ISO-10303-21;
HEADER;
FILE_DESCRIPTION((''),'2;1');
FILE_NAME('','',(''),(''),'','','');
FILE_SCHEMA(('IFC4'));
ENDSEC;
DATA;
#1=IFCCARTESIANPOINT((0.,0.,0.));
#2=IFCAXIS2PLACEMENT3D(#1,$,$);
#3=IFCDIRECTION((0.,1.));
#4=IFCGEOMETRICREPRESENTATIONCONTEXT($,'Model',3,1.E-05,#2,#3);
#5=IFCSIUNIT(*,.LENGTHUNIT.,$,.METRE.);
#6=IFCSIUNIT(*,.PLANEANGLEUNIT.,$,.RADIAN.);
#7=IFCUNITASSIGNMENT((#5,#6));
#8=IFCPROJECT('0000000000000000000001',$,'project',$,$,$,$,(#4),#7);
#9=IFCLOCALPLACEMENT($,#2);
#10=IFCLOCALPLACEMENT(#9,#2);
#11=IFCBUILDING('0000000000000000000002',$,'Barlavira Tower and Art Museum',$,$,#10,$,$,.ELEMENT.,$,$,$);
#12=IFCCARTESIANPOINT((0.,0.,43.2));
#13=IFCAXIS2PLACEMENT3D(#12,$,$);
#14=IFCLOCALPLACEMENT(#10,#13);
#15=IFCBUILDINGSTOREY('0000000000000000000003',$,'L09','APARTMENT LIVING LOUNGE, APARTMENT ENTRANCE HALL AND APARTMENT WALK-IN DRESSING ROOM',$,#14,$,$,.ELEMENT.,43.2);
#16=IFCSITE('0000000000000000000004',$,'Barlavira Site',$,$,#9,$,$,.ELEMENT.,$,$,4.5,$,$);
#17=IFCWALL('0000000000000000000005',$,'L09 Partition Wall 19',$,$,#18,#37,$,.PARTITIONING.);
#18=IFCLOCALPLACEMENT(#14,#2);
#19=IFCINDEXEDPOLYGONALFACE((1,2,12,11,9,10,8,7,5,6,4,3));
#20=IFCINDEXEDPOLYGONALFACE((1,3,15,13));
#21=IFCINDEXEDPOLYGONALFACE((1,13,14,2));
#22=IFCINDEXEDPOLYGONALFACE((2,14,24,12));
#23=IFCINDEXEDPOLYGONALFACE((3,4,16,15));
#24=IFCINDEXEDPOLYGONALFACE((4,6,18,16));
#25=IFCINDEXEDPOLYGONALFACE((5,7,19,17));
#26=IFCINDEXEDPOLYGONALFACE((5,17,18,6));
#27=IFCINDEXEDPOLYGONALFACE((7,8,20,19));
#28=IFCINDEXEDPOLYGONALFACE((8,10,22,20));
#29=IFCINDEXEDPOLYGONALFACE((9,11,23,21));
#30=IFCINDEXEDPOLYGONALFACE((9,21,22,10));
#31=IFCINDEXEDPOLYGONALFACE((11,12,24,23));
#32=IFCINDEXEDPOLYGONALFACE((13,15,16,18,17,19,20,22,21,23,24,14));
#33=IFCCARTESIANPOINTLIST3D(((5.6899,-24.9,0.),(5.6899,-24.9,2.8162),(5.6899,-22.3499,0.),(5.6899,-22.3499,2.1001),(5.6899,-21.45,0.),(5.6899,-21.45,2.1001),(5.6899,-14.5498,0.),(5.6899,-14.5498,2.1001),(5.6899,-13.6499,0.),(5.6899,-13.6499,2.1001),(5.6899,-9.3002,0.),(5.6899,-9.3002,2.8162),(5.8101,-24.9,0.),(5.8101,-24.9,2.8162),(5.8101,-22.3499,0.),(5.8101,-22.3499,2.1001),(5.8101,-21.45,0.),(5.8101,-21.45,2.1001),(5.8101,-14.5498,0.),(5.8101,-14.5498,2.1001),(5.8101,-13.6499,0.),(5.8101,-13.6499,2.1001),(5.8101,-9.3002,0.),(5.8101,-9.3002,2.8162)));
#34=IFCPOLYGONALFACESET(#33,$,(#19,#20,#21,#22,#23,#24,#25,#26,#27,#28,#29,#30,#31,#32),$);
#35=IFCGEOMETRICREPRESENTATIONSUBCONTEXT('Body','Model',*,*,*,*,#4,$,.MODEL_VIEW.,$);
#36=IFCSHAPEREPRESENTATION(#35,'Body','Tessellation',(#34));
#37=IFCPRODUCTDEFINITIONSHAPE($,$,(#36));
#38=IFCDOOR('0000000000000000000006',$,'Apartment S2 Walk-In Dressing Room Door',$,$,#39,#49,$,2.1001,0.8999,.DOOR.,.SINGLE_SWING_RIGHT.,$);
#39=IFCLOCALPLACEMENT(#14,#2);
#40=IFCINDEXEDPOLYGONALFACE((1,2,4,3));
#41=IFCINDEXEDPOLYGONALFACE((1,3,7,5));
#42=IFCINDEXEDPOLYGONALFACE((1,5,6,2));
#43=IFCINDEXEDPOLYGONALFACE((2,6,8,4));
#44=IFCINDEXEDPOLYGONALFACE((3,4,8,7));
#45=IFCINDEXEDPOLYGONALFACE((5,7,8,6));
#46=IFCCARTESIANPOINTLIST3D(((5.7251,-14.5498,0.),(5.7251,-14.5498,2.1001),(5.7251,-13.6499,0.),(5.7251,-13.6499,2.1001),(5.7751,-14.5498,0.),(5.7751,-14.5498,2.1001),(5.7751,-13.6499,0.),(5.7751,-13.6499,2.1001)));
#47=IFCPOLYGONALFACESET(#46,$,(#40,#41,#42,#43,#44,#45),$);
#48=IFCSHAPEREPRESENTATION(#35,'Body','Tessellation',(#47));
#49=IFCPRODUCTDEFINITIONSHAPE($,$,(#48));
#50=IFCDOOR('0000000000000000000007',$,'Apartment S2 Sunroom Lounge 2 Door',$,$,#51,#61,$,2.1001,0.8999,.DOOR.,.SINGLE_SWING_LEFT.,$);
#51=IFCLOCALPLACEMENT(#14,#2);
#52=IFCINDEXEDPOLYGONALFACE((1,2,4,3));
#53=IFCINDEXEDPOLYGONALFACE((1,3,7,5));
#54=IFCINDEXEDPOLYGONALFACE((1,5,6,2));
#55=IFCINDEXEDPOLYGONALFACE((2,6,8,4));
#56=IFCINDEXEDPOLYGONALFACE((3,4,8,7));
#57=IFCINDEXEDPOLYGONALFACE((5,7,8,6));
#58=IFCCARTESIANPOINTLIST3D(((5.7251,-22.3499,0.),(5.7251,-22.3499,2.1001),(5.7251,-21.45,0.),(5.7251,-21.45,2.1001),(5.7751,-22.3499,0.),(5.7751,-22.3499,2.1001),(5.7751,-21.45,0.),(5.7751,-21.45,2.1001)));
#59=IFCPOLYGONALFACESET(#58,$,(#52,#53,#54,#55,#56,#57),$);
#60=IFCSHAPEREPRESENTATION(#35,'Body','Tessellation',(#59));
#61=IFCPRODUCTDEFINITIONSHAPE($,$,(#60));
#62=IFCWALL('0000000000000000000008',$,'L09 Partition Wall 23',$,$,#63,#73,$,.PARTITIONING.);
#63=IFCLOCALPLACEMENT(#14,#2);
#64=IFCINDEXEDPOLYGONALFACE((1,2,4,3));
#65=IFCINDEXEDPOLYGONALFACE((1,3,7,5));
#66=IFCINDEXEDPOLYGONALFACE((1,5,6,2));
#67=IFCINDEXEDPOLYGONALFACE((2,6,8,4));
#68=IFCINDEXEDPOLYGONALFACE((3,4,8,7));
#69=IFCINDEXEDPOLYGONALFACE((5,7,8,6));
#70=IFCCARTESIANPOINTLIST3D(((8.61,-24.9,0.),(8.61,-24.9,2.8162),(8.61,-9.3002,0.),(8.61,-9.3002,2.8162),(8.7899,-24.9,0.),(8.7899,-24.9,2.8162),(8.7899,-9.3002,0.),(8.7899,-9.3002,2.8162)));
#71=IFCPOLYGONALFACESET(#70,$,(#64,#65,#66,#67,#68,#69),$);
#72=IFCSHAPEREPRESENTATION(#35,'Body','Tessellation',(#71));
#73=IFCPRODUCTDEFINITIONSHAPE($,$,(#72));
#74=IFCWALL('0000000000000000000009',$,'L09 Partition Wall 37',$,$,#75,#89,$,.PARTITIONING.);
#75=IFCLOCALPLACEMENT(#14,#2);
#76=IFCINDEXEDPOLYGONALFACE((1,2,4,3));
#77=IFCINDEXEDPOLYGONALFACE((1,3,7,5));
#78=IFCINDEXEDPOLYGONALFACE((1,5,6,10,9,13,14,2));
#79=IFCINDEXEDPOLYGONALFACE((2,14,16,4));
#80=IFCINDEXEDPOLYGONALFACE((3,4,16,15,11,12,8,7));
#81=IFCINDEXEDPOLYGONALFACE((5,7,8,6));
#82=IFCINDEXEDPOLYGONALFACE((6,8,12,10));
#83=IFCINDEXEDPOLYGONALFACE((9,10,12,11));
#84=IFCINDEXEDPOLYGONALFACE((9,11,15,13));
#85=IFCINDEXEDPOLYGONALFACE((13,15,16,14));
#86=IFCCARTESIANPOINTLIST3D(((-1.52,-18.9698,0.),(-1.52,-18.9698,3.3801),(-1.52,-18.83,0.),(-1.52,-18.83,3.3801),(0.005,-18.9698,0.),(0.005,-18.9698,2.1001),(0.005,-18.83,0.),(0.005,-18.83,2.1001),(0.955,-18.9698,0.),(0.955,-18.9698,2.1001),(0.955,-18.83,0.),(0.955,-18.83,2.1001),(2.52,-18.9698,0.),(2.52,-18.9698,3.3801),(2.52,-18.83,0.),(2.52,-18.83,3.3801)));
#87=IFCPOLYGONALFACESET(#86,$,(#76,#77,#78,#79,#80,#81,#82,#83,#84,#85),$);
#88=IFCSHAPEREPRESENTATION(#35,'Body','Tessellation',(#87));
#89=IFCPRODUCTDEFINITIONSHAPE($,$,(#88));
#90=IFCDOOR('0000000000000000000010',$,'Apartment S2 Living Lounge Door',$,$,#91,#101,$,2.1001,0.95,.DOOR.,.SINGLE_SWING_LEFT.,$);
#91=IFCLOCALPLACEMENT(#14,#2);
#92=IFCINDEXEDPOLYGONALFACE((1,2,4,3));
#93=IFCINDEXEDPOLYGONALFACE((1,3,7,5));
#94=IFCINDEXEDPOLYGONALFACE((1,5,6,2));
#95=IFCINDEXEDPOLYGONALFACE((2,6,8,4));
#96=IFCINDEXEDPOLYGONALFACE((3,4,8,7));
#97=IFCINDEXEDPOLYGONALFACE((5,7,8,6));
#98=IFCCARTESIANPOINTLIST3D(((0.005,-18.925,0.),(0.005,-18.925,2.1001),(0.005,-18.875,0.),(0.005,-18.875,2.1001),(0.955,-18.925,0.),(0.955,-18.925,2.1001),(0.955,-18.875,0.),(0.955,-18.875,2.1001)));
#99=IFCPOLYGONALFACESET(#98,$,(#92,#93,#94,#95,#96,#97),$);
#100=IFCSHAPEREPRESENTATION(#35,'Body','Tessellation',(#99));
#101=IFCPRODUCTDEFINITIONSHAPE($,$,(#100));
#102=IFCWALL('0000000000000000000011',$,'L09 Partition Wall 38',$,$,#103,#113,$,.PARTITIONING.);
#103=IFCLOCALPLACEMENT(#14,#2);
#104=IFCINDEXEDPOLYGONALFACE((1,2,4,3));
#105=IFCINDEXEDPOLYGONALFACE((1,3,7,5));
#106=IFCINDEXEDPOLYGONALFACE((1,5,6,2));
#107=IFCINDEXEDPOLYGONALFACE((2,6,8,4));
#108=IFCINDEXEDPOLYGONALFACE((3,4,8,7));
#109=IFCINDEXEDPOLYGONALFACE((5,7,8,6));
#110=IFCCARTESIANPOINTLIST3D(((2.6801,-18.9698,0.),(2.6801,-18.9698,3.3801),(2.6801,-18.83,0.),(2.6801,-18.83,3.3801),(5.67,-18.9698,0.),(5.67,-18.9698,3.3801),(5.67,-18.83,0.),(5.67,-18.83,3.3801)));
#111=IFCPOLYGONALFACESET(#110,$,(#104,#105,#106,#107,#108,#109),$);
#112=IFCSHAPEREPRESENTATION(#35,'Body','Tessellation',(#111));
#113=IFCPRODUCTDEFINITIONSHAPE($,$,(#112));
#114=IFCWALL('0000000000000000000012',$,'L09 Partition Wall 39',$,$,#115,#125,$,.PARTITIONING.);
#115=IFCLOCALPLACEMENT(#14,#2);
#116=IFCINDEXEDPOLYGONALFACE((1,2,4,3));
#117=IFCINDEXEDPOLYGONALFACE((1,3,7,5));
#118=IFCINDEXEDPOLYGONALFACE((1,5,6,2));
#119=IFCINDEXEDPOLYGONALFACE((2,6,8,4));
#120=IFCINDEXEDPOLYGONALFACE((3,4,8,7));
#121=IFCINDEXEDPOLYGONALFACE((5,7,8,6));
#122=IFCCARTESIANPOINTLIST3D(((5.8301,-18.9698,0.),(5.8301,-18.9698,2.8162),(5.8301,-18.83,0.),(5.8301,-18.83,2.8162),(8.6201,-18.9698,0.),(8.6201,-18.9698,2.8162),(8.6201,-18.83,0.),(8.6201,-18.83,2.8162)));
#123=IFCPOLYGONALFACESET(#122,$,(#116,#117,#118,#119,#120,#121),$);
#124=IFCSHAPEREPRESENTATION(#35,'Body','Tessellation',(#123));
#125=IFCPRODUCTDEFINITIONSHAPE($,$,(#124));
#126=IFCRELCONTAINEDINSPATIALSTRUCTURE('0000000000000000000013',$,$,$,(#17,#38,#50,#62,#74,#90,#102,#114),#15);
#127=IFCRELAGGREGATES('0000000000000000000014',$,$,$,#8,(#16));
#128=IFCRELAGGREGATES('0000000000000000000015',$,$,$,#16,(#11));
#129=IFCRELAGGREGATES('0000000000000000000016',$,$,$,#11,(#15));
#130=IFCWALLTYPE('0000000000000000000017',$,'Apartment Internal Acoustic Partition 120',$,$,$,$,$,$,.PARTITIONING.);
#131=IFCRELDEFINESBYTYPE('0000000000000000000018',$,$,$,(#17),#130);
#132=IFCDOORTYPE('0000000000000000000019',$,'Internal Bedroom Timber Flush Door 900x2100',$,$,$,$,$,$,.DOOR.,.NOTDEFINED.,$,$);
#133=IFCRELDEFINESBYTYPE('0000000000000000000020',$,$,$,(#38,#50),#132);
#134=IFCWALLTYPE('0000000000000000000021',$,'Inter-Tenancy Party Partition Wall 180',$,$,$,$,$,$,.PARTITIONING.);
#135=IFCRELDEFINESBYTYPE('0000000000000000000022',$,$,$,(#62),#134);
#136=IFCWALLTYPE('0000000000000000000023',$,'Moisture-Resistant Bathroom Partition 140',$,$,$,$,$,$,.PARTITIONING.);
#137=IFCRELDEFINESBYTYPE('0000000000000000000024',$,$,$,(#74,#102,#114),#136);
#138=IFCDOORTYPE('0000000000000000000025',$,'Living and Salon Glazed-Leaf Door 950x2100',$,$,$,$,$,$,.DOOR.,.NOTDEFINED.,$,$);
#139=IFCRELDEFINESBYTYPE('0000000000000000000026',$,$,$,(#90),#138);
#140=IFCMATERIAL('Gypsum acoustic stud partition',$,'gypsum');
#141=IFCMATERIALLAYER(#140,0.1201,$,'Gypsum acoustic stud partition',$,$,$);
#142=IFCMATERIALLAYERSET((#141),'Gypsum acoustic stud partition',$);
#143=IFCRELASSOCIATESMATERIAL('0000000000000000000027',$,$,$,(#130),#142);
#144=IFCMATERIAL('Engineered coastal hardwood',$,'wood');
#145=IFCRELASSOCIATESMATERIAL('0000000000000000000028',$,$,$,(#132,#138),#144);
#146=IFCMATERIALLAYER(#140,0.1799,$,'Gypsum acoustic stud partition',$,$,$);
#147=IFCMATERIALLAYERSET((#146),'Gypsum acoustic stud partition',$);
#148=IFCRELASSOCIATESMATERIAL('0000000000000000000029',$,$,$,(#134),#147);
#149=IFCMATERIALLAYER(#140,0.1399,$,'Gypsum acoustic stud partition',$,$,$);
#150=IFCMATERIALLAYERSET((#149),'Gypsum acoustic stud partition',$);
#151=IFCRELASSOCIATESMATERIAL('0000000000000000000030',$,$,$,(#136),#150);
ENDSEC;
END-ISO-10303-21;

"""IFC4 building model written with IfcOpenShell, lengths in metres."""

from ifc_helpers import new_model, si_unit, direction, frame, frame_2d, origin, place, context, subcontext, project, spatial, rectangle, extrude, material, layer, layer_set, type_object, element, fill, save


model = new_model("IFC4")

# Units and contexts
model_context = context("Model", 3, precision=1e-05, world=origin(), true_north=direction((0.0, 1.0)))
body_context = subcontext(model_context, "Body", "Model", "MODEL_VIEW")
ifc_project = project(units=[si_unit("LENGTHUNIT", "METRE"), si_unit("PLANEANGLEUNIT", "RADIAN")], contexts=[model_context])

# Site, building, storey
site_placement = place(None, origin())
site = spatial("IfcSite", under=ifc_project, at=site_placement, Name="Barlavira Site", CompositionType="ELEMENT", RefElevation=4.5)
building_placement = place(site_placement, origin())
building = spatial("IfcBuilding", under=site, at=building_placement, Name="Barlavira Tower and Art Museum", CompositionType="ELEMENT")
storey_placement = place(building_placement, frame((0.0, 0.0, 43.2)))
storey = spatial("IfcBuildingStorey", under=building, at=storey_placement, Name="L09", Description="APARTMENT LIVING LOUNGE, APARTMENT ENTRANCE HALL AND APARTMENT WALK-IN DRESSING ROOM", CompositionType="ELEMENT", Elevation=43.2)

# Wall, openings, doors
ifc_material_1 = material(Name="Gypsum acoustic stud partition", Category="gypsum")
ifc_layer_1 = layer(ifc_material_1, 0.1201, Name="Gypsum acoustic stud partition")
ifc_layer_set_1 = layer_set([ifc_layer_1], Name="Gypsum acoustic stud partition")
wall_type_1 = type_object("IfcWallType", Name="Apartment Internal Acoustic Partition 120", PredefinedType="PARTITIONING", material=ifc_layer_set_1)
ifc_material_2 = material(Name="Engineered coastal hardwood", Category="wood")
door_type_1 = type_object("IfcDoorType", Name="Internal Bedroom Timber Flush Door 900x2100", OperationType="NOTDEFINED", PredefinedType="DOOR", material=ifc_material_2)
door_type_2 = type_object("IfcDoorType", Name="Living and Salon Glazed-Leaf Door 950x2100", OperationType="NOTDEFINED", PredefinedType="DOOR", material=ifc_material_2)
wall_1_placement = place(storey_placement, frame((5.75, -24.8999, 0.0), z_axis=(0.0, 0.0, 1.0), x_axis=(0.0, 1.0, 0.0)))
wall_1 = element("IfcWall", 1, at=wall_1_placement, inside=storey, type_object=wall_type_1, Name="L09 Partition Wall 19", PredefinedType="PARTITIONING", context=body_context, shape_type="SweptSolid", body=[
    extrude(rectangle(XDim=15.5999, YDim=0.1201, at=frame_2d((7.7998, 0.0))), origin(), (0.0, 0.0, 1.0), 2.8162),
])
opening_1_placement = place(wall_1_placement, frame((10.3501, 0.0, 0.0)))
opening_1 = element("IfcOpeningElement", 2, at=opening_1_placement, cuts=wall_1, PredefinedType="OPENING", context=body_context, shape_type="SweptSolid", body=[
    extrude(rectangle(XDim=0.8999, YDim=2.1001, at=frame_2d((0.45, 1.05))), frame((0.0, 0.0701, 0.0), z_axis=(0.0, -1.0, 0.0), x_axis=(1.0, 0.0, 0.0)), (0.0, 0.0, 1.0), 0.1401),
])
opening_2_placement = place(wall_1_placement, frame((2.55, 0.0, 0.0)))
opening_2 = element("IfcOpeningElement", 3, at=opening_2_placement, cuts=wall_1, PredefinedType="OPENING", context=body_context, shape_type="SweptSolid", body=[
    extrude(rectangle(XDim=0.8999, YDim=2.1001, at=frame_2d((0.45, 1.05))), frame((0.0, 0.0701, 0.0), z_axis=(0.0, -1.0, 0.0), x_axis=(1.0, 0.0, 0.0)), (0.0, 0.0, 1.0), 0.1401),
])
door_1_placement = place(opening_1_placement, origin())
door_1 = element("IfcDoor", 4, at=door_1_placement, inside=storey, type_object=door_type_1, Name="Apartment S2 Walk-In Dressing Room Door", OperationType="SINGLE_SWING_RIGHT", OverallHeight=2.1001, OverallWidth=0.8999, PredefinedType="DOOR", context=body_context, shape_type="SweptSolid", body=[
    extrude(rectangle(XDim=0.8999, YDim=2.1001, at=frame_2d((0.45, 1.05))), frame((0.0, 0.0249, 0.0), z_axis=(0.0, -1.0, 0.0), x_axis=(1.0, 0.0, 0.0)), (0.0, 0.0, 1.0), 0.05),
])
fill(opening_1, door_1)
door_2_placement = place(opening_2_placement, origin())
door_2 = element("IfcDoor", 5, at=door_2_placement, inside=storey, type_object=door_type_1, Name="Apartment S2 Sunroom Lounge 2 Door", OperationType="SINGLE_SWING_LEFT", OverallHeight=2.1001, OverallWidth=0.8999, PredefinedType="DOOR", context=body_context, shape_type="SweptSolid", body=[
    extrude(rectangle(XDim=0.8999, YDim=2.1001, at=frame_2d((0.45, 1.05))), frame((0.0, 0.0249, 0.0), z_axis=(0.0, -1.0, 0.0), x_axis=(1.0, 0.0, 0.0)), (0.0, 0.0, 1.0), 0.05),
])
fill(opening_2, door_2)

# Wall
ifc_layer_2 = layer(ifc_material_1, 0.1799, Name="Gypsum acoustic stud partition")
ifc_layer_set_2 = layer_set([ifc_layer_2], Name="Gypsum acoustic stud partition")
wall_type_2 = type_object("IfcWallType", Name="Inter-Tenancy Party Partition Wall 180", PredefinedType="PARTITIONING", material=ifc_layer_set_2)
wall_2_placement = place(storey_placement, frame((8.7, -24.8999, 0.0), z_axis=(0.0, 0.0, 1.0), x_axis=(0.0, 1.0, 0.0)))
element("IfcWall", 6, at=wall_2_placement, inside=storey, type_object=wall_type_2, Name="L09 Partition Wall 23", PredefinedType="PARTITIONING", context=body_context, shape_type="SweptSolid", body=[
    extrude(rectangle(XDim=15.5999, YDim=0.1799, at=frame_2d((7.7998, 0.0))), origin(), (0.0, 0.0, 1.0), 2.8162),
])

# Wall, opening, door
ifc_layer_3 = layer(ifc_material_1, 0.1399, Name="Gypsum acoustic stud partition")
ifc_layer_set_3 = layer_set([ifc_layer_3], Name="Gypsum acoustic stud partition")
wall_type_3 = type_object("IfcWallType", Name="Moisture-Resistant Bathroom Partition 140", PredefinedType="PARTITIONING", material=ifc_layer_set_3)
wall_3_placement = place(storey_placement, frame((-1.52, -18.8999, 0.0), z_axis=(0.0, 0.0, 1.0), x_axis=(1.0, 0.0, 0.0)))
wall_3 = element("IfcWall", 7, at=wall_3_placement, inside=storey, type_object=wall_type_3, Name="L09 Partition Wall 37", PredefinedType="PARTITIONING", context=body_context, shape_type="SweptSolid", body=[
    extrude(rectangle(XDim=4.04, YDim=0.1399, at=frame_2d((2.02, 0.0))), origin(), (0.0, 0.0, 1.0), 3.3801),
])
opening_3_placement = place(wall_3_placement, frame((1.5249, 0.0, 0.0)))
opening_3 = element("IfcOpeningElement", 8, at=opening_3_placement, cuts=wall_3, PredefinedType="OPENING", context=body_context, shape_type="SweptSolid", body=[
    extrude(rectangle(XDim=0.95, YDim=2.1001, at=frame_2d((0.4751, 1.05))), frame((0.0, 0.0801, 0.0), z_axis=(0.0, -1.0, 0.0), x_axis=(1.0, 0.0, 0.0)), (0.0, 0.0, 1.0), 0.1599),
])
door_3_placement = place(opening_3_placement, origin())
door_3 = element("IfcDoor", 9, at=door_3_placement, inside=storey, type_object=door_type_2, Name="Apartment S2 Living Lounge Door", OperationType="SINGLE_SWING_LEFT", OverallHeight=2.1001, OverallWidth=0.95, PredefinedType="DOOR", context=body_context, shape_type="SweptSolid", body=[
    extrude(rectangle(XDim=0.95, YDim=2.1001, at=frame_2d((0.4751, 1.05))), frame((0.0, 0.0249, 0.0), z_axis=(0.0, -1.0, 0.0), x_axis=(1.0, 0.0, 0.0)), (0.0, 0.0, 1.0), 0.05),
])
fill(opening_3, door_3)

# Walls
wall_4_placement = place(storey_placement, frame((2.6799, -18.8999, 0.0), z_axis=(0.0, 0.0, 1.0), x_axis=(1.0, 0.0, 0.0)))
element("IfcWall", 10, at=wall_4_placement, inside=storey, type_object=wall_type_3, Name="L09 Partition Wall 38", PredefinedType="PARTITIONING", context=body_context, shape_type="SweptSolid", body=[
    extrude(rectangle(XDim=2.99, YDim=0.1399, at=frame_2d((1.4951, 0.0))), origin(), (0.0, 0.0, 1.0), 3.3801),
])
wall_5_placement = place(storey_placement, frame((5.8301, -18.8999, 0.0), z_axis=(0.0, 0.0, 1.0), x_axis=(1.0, 0.0, 0.0)))
element("IfcWall", 11, at=wall_5_placement, inside=storey, type_object=wall_type_3, Name="L09 Partition Wall 39", PredefinedType="PARTITIONING", context=body_context, shape_type="SweptSolid", body=[
    extrude(rectangle(XDim=2.79, YDim=0.1399, at=frame_2d((1.395, 0.0))), origin(), (0.0, 0.0, 1.0), 2.8162),
])

save(model, "model.ifc")
